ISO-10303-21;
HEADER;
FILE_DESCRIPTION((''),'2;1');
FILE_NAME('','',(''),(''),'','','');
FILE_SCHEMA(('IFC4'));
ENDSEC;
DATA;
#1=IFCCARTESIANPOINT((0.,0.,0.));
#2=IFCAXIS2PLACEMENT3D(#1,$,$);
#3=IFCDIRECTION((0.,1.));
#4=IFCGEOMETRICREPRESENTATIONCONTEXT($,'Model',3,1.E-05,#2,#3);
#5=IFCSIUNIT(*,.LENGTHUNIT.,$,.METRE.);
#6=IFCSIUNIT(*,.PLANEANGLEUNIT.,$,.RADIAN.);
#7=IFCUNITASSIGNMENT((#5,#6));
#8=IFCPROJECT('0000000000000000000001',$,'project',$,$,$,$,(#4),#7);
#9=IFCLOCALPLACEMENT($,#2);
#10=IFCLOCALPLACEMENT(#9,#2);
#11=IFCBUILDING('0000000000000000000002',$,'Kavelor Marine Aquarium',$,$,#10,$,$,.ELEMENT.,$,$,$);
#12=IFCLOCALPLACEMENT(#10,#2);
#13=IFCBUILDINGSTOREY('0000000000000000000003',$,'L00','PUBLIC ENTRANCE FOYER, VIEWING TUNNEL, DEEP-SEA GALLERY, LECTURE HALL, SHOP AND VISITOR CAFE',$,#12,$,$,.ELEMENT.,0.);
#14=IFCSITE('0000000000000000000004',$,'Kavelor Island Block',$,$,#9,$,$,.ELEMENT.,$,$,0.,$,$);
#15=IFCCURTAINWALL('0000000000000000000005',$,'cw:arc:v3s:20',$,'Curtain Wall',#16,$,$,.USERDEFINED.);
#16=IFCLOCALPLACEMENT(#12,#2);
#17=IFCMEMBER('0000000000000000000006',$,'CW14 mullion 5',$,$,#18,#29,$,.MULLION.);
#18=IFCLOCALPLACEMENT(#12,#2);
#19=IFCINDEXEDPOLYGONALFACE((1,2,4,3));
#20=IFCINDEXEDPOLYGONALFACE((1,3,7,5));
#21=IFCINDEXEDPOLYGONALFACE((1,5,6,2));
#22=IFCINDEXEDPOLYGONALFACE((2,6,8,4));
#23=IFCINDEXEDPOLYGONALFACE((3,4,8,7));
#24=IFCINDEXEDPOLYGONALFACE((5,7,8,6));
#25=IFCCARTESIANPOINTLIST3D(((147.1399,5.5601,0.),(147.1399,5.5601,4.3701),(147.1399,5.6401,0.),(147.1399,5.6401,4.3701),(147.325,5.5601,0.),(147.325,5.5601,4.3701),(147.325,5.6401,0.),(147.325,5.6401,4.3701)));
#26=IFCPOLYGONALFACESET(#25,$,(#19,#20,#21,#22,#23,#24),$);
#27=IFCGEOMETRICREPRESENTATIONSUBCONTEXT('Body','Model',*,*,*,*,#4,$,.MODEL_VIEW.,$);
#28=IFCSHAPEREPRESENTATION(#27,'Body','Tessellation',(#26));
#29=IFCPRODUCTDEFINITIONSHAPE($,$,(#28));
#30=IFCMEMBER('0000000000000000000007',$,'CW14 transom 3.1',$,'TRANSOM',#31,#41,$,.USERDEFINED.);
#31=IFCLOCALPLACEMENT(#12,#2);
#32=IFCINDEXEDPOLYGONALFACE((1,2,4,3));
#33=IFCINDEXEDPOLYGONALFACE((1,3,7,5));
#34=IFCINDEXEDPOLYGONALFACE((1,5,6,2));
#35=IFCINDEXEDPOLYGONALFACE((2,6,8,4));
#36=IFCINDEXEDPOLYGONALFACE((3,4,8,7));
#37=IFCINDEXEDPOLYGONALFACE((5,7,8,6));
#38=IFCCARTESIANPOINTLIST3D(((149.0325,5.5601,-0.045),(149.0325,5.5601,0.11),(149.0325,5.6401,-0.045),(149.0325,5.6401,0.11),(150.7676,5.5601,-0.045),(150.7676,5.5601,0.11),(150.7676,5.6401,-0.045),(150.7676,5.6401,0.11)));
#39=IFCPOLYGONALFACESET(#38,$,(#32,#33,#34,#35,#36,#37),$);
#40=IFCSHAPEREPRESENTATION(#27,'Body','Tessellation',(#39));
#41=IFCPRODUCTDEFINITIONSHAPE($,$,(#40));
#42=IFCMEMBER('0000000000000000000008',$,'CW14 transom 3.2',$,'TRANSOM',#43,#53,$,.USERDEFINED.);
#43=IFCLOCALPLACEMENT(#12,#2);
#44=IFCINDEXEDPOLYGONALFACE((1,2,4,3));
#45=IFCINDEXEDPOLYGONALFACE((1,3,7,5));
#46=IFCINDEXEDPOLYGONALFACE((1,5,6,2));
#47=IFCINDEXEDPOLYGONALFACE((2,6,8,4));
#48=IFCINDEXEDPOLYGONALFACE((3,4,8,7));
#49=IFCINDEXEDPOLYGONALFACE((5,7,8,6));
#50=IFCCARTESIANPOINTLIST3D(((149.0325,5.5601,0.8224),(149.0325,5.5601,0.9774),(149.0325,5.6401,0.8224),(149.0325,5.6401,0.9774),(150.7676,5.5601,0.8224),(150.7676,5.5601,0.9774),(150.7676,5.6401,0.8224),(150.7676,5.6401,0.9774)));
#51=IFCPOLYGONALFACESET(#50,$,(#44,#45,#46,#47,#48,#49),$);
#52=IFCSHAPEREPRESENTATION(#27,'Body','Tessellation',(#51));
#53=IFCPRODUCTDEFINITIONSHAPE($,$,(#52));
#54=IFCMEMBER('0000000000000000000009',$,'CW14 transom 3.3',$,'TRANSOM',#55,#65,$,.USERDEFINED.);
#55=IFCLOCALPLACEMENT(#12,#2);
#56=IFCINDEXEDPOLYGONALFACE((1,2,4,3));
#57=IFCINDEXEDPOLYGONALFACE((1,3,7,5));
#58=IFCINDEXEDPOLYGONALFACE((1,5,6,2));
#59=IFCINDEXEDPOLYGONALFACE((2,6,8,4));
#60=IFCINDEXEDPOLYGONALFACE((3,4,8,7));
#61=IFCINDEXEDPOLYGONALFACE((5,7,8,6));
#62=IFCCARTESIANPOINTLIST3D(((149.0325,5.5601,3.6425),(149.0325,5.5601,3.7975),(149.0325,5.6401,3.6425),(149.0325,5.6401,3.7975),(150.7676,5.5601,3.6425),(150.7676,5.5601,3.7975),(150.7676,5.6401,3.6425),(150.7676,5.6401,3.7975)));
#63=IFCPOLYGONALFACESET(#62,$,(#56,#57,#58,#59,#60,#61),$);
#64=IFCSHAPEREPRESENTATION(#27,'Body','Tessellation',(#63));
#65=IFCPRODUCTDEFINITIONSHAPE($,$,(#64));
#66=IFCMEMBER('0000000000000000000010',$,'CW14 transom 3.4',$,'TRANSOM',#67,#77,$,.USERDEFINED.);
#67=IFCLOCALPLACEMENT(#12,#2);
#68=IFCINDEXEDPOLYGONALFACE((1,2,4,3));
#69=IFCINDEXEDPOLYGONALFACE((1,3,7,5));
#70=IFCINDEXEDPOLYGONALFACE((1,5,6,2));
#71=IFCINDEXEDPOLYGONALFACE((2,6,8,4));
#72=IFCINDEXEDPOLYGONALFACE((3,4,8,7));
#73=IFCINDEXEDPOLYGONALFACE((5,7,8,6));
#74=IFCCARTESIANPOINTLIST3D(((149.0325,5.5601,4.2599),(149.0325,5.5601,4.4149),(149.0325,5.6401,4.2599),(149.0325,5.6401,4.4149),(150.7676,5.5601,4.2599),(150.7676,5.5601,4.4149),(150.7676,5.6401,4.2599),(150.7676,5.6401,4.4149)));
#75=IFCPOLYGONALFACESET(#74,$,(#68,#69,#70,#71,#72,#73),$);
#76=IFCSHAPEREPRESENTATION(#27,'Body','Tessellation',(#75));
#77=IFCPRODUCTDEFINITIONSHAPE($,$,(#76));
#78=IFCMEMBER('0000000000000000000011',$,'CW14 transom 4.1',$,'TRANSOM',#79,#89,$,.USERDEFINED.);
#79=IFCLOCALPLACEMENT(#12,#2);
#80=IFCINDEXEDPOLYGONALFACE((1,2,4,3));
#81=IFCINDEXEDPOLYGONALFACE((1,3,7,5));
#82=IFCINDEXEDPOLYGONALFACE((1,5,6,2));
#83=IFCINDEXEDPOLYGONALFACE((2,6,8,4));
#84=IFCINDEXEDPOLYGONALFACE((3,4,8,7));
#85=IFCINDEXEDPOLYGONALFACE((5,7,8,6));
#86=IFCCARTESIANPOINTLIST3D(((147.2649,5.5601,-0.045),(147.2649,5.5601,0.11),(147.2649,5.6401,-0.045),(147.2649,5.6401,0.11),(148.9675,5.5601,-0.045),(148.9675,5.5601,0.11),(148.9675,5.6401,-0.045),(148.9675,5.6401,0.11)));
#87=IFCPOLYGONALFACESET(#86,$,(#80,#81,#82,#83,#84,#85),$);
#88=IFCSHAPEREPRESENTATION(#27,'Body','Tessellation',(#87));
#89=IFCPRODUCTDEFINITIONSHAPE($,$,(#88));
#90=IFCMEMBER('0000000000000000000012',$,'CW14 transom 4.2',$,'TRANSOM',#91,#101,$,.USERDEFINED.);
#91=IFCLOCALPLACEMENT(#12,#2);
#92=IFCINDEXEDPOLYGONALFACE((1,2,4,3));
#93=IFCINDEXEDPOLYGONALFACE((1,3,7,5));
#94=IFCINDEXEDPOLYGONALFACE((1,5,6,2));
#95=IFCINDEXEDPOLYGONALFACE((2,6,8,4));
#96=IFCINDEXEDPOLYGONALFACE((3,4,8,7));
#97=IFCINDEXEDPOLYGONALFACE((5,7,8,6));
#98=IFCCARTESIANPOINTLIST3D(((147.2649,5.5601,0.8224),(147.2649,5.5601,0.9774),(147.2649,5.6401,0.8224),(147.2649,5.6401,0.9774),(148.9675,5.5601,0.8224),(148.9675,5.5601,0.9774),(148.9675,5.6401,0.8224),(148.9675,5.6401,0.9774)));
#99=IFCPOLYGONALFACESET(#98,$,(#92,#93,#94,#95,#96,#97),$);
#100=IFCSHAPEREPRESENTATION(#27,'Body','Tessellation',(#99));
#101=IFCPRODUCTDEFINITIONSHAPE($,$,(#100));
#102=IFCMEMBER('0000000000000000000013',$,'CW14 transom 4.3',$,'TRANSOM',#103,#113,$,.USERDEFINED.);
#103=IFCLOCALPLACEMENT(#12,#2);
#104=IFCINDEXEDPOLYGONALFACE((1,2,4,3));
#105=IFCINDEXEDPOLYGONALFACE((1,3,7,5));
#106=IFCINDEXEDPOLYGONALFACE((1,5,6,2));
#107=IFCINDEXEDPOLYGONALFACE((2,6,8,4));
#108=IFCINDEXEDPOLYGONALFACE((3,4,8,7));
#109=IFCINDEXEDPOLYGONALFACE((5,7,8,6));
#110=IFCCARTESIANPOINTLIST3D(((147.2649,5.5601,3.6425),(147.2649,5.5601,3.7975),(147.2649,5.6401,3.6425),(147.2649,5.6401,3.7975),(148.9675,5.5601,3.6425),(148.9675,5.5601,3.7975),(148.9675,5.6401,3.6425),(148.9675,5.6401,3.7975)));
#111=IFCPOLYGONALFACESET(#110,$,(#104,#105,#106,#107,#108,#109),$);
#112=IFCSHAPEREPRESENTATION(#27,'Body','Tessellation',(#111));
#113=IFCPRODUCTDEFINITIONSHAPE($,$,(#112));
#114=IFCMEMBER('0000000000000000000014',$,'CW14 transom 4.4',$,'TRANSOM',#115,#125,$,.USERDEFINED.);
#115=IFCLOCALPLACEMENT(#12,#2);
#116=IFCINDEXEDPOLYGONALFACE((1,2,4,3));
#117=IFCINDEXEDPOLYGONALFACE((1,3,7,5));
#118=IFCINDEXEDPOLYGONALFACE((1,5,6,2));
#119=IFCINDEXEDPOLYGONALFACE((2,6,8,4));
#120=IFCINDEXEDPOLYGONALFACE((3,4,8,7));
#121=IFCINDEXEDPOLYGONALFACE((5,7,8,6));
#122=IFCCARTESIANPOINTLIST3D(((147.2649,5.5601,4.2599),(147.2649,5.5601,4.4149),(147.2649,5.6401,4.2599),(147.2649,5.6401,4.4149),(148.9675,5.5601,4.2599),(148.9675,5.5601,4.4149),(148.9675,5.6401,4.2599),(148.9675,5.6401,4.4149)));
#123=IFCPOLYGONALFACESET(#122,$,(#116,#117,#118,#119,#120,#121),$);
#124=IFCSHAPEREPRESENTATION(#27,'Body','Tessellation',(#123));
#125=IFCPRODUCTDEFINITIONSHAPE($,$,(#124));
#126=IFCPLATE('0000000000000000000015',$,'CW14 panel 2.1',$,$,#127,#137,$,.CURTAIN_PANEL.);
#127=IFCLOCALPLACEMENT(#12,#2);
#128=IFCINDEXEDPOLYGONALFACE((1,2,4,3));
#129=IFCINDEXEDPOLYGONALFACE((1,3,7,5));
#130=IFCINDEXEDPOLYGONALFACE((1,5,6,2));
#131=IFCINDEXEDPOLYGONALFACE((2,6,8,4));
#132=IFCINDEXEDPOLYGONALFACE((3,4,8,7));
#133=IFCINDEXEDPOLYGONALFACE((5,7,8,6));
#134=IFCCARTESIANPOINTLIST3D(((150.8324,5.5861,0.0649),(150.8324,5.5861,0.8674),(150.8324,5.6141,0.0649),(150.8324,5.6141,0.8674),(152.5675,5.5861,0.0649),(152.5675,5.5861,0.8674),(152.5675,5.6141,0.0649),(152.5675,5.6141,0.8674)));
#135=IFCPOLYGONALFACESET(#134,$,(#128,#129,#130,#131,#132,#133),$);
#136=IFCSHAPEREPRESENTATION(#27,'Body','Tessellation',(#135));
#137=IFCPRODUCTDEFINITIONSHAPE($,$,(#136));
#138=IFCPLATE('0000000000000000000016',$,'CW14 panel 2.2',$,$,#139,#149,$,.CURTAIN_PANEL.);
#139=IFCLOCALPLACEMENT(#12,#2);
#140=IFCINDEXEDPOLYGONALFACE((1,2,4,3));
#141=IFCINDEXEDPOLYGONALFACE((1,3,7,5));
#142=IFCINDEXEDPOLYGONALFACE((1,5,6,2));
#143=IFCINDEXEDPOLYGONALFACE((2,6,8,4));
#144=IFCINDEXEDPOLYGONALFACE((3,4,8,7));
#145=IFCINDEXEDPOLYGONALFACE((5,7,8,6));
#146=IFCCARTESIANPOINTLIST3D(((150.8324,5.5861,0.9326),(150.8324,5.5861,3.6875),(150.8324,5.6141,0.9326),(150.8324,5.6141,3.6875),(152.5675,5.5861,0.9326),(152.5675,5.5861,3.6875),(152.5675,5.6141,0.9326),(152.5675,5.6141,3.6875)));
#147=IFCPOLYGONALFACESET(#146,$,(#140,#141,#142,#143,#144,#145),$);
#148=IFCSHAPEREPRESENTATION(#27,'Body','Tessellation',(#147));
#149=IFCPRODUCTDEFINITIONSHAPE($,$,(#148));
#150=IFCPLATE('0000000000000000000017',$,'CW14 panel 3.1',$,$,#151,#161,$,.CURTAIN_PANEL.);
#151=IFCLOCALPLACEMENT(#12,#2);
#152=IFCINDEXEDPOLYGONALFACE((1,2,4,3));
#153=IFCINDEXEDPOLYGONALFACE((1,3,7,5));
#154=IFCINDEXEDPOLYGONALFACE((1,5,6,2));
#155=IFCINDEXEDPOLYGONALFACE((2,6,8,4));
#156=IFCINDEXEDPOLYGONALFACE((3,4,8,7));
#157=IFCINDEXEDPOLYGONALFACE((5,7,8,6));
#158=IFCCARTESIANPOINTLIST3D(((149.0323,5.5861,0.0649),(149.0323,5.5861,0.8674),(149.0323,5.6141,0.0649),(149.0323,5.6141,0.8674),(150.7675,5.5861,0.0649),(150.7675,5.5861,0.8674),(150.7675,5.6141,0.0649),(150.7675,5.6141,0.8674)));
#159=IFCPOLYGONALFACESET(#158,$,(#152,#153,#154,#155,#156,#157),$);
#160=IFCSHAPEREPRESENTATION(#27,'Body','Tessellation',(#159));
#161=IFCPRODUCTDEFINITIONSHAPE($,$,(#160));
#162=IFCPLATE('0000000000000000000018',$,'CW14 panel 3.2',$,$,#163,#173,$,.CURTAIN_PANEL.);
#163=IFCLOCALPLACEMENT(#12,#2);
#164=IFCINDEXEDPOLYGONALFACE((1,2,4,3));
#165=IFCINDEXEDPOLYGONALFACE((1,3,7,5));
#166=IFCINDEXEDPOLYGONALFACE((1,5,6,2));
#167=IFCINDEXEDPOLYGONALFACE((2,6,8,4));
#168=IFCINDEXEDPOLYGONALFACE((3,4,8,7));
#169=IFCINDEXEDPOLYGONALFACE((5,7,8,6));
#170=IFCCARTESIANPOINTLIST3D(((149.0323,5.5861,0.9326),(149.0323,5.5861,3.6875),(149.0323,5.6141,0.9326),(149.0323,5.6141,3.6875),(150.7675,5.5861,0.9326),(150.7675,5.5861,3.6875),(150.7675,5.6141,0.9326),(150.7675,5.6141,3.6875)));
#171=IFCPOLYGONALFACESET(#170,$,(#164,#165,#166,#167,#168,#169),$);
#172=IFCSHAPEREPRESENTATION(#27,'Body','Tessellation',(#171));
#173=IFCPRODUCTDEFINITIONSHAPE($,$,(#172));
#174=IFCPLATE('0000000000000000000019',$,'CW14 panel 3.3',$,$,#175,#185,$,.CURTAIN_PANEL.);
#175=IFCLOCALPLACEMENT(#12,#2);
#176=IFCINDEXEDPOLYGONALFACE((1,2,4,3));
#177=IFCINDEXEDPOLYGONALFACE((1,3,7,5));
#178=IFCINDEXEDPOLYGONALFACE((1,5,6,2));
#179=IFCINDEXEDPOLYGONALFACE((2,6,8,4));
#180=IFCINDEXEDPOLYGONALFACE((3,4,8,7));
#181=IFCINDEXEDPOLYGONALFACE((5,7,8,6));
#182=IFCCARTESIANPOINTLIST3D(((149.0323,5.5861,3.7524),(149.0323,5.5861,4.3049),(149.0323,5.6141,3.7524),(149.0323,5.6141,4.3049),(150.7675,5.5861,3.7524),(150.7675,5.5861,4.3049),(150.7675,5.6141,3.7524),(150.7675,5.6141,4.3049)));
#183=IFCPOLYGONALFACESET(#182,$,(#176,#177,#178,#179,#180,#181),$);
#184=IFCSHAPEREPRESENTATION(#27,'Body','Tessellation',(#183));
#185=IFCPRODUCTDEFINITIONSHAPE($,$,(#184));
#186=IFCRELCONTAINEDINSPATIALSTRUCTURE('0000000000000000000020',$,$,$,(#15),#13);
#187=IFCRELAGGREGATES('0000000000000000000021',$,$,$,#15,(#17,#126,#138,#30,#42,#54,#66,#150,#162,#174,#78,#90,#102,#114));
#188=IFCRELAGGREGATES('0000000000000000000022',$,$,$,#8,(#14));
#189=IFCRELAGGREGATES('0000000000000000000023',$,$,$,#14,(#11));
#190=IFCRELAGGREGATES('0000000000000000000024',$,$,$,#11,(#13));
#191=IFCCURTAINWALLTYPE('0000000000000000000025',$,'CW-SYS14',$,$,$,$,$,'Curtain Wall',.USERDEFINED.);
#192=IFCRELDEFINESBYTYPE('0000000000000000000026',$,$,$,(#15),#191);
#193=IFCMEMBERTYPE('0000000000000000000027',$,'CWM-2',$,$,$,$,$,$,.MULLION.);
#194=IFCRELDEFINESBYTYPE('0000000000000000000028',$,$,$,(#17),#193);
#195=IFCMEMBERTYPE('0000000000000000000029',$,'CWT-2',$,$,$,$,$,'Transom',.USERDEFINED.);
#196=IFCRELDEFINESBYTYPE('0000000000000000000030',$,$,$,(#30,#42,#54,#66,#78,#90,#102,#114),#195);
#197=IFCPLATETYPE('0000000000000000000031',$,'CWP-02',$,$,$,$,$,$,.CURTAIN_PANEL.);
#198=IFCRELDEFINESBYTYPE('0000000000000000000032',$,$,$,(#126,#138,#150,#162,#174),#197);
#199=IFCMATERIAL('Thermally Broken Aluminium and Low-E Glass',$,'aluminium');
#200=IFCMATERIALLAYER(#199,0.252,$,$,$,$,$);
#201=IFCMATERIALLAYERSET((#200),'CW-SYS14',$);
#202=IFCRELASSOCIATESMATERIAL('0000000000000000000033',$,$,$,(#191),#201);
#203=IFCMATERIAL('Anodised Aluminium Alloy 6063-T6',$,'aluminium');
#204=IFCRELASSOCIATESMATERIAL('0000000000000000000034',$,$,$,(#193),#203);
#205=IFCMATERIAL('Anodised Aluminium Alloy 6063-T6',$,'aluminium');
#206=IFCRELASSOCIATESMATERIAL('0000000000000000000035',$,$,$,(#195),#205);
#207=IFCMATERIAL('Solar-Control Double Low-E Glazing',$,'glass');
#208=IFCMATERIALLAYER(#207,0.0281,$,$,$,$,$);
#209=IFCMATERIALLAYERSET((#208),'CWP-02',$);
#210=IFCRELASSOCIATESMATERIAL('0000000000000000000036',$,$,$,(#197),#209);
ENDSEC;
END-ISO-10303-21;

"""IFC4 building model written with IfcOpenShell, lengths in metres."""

from ifc_helpers import new_model, si_unit, direction, frame, origin, origin_2d, place, context, subcontext, project, spatial, rectangle, extrude, material, layer, layer_set, material_profile, profile_set, type_object, element, aggregate, save


model = new_model("IFC4")

# Units and contexts
model_context = context("Model", 3, precision=1e-05, world=origin(), true_north=direction((0.0, 1.0)))
body_context = subcontext(model_context, "Body", "Model", "MODEL_VIEW")
ifc_project = project(units=[si_unit("LENGTHUNIT", "METRE"), si_unit("PLANEANGLEUNIT", "RADIAN")], contexts=[model_context])

# Site, building, storey
site_placement = place(None, origin())
site = spatial("IfcSite", under=ifc_project, at=site_placement, Name="Kavelor Island Block", CompositionType="ELEMENT", RefElevation=0.0)
building_placement = place(site_placement, origin())
building = spatial("IfcBuilding", under=site, at=building_placement, Name="Kavelor Marine Aquarium", CompositionType="ELEMENT")
storey_placement = place(building_placement, origin())
storey = spatial("IfcBuildingStorey", under=building, at=storey_placement, Name="L00", Description="PUBLIC ENTRANCE FOYER, VIEWING TUNNEL, DEEP-SEA GALLERY, LECTURE HALL, SHOP AND VISITOR CAFE", CompositionType="ELEMENT", Elevation=0.0)

# Curtain wall, members, plates
ifc_material_1 = material(Name="Thermally Broken Aluminium and Low-E Glass", Category="aluminium")
ifc_layer_1 = layer(ifc_material_1, 0.252)
ifc_layer_set_1 = layer_set([ifc_layer_1], Name="CW-SYS14")
curtain_wall_type = type_object("IfcCurtainWallType", Name="CW-SYS14", ElementType="Curtain Wall", PredefinedType="USERDEFINED", material=ifc_layer_set_1)
curtain_wall_placement = place(storey_placement, origin())
curtain_wall = element("IfcCurtainWall", 1, at=curtain_wall_placement, inside=storey, type_object=curtain_wall_type, Name="cw:arc:v3s:20", ObjectType="Curtain Wall", PredefinedType="USERDEFINED")
ifc_material_2 = material(Name="Anodised Aluminium Alloy 6063-T6", Category="aluminium")
ifc_material_profile_1 = material_profile(ifc_material_2, rectangle(XDim=0.0801, YDim=0.1851, at=origin_2d()), Name="CW-MUL 80x185")
ifc_profile_set_1 = profile_set([ifc_material_profile_1], Name="Anodised Aluminium Alloy 6063-T6")
member_type_1 = type_object("IfcMemberType", Name="CWM-2", PredefinedType="MULLION", material=ifc_profile_set_1)
member_1_placement = place(storey_placement, frame((147.2324, 5.6001, 0.0), z_axis=(0.0, 0.0, 1.0), x_axis=(0.0, -1.0, 0.0)))
member_1 = element("IfcMember", 2, at=member_1_placement, type_object=member_type_1, Name="CW14 mullion 5", PredefinedType="MULLION", context=body_context, shape_type="SweptSolid", body=[
    extrude(rectangle(XDim=0.0801, YDim=0.1851, at=origin_2d()), origin(), (0.0, 0.0, 1.0), 4.3701),
])
ifc_material_3 = material(Name="Anodised Aluminium Alloy 6063-T6", Category="aluminium")
ifc_material_profile_2 = material_profile(ifc_material_3, rectangle(XDim=0.0801, YDim=0.155, at=origin_2d()), Name="CW-TRN 80x155")
ifc_profile_set_2 = profile_set([ifc_material_profile_2], Name="Anodised Aluminium Alloy 6063-T6")
member_type_2 = type_object("IfcMemberType", Name="CWT-2", ElementType="Transom", PredefinedType="USERDEFINED", material=ifc_profile_set_2)
member_2_placement = place(storey_placement, frame((150.7676, 5.6001, 0.0325), z_axis=(-1.0, 0.0, 0.0), x_axis=(0.0, -1.0, 0.0)))
member_2 = element("IfcMember", 3, at=member_2_placement, type_object=member_type_2, Name="CW14 transom 3.1", ObjectType="TRANSOM", PredefinedType="USERDEFINED", context=body_context, shape_type="SweptSolid", body=[
    extrude(rectangle(XDim=0.0801, YDim=0.155, at=origin_2d()), origin(), (0.0, 0.0, 1.0), 1.7351),
])
member_3_placement = place(storey_placement, frame((150.7676, 5.6001, 0.8999), z_axis=(-1.0, 0.0, 0.0), x_axis=(0.0, -1.0, 0.0)))
member_3 = element("IfcMember", 4, at=member_3_placement, type_object=member_type_2, Name="CW14 transom 3.2", ObjectType="TRANSOM", PredefinedType="USERDEFINED", context=body_context, shape_type="SweptSolid", body=[
    extrude(rectangle(XDim=0.0801, YDim=0.155, at=origin_2d()), origin(), (0.0, 0.0, 1.0), 1.7351),
])
member_4_placement = place(storey_placement, frame((150.7676, 5.6001, 3.72), z_axis=(-1.0, 0.0, 0.0), x_axis=(0.0, -1.0, 0.0)))
member_4 = element("IfcMember", 5, at=member_4_placement, type_object=member_type_2, Name="CW14 transom 3.3", ObjectType="TRANSOM", PredefinedType="USERDEFINED", context=body_context, shape_type="SweptSolid", body=[
    extrude(rectangle(XDim=0.0801, YDim=0.155, at=origin_2d()), origin(), (0.0, 0.0, 1.0), 1.7351),
])
member_5_placement = place(storey_placement, frame((150.7676, 5.6001, 4.3374), z_axis=(-1.0, 0.0, 0.0), x_axis=(0.0, -1.0, 0.0)))
member_5 = element("IfcMember", 6, at=member_5_placement, type_object=member_type_2, Name="CW14 transom 3.4", ObjectType="TRANSOM", PredefinedType="USERDEFINED", context=body_context, shape_type="SweptSolid", body=[
    extrude(rectangle(XDim=0.0801, YDim=0.155, at=origin_2d()), origin(), (0.0, 0.0, 1.0), 1.7351),
])
member_6_placement = place(storey_placement, frame((148.9675, 5.6001, 0.0325), z_axis=(-1.0, 0.0, 0.0), x_axis=(0.0, -1.0, 0.0)))
member_6 = element("IfcMember", 7, at=member_6_placement, type_object=member_type_2, Name="CW14 transom 4.1", ObjectType="TRANSOM", PredefinedType="USERDEFINED", context=body_context, shape_type="SweptSolid", body=[
    extrude(rectangle(XDim=0.0801, YDim=0.155, at=origin_2d()), origin(), (0.0, 0.0, 1.0), 1.7026),
])
member_7_placement = place(storey_placement, frame((148.9675, 5.6001, 0.8999), z_axis=(-1.0, 0.0, 0.0), x_axis=(0.0, -1.0, 0.0)))
member_7 = element("IfcMember", 8, at=member_7_placement, type_object=member_type_2, Name="CW14 transom 4.2", ObjectType="TRANSOM", PredefinedType="USERDEFINED", context=body_context, shape_type="SweptSolid", body=[
    extrude(rectangle(XDim=0.0801, YDim=0.155, at=origin_2d()), origin(), (0.0, 0.0, 1.0), 1.7026),
])
member_8_placement = place(storey_placement, frame((148.9675, 5.6001, 3.72), z_axis=(-1.0, 0.0, 0.0), x_axis=(0.0, -1.0, 0.0)))
member_8 = element("IfcMember", 9, at=member_8_placement, type_object=member_type_2, Name="CW14 transom 4.3", ObjectType="TRANSOM", PredefinedType="USERDEFINED", context=body_context, shape_type="SweptSolid", body=[
    extrude(rectangle(XDim=0.0801, YDim=0.155, at=origin_2d()), origin(), (0.0, 0.0, 1.0), 1.7026),
])
member_9_placement = place(storey_placement, frame((148.9675, 5.6001, 4.3374), z_axis=(-1.0, 0.0, 0.0), x_axis=(0.0, -1.0, 0.0)))
member_9 = element("IfcMember", 10, at=member_9_placement, type_object=member_type_2, Name="CW14 transom 4.4", ObjectType="TRANSOM", PredefinedType="USERDEFINED", context=body_context, shape_type="SweptSolid", body=[
    extrude(rectangle(XDim=0.0801, YDim=0.155, at=origin_2d()), origin(), (0.0, 0.0, 1.0), 1.7026),
])
ifc_material_4 = material(Name="Solar-Control Double Low-E Glazing", Category="glass")
ifc_layer_2 = layer(ifc_material_4, 0.0281)
ifc_layer_set_2 = layer_set([ifc_layer_2], Name="CWP-02")
plate_type = type_object("IfcPlateType", Name="CWP-02", PredefinedType="CURTAIN_PANEL", material=ifc_layer_set_2)
plate_1_placement = place(storey_placement, frame((151.7, 5.6001, 0.0649), z_axis=(0.0, 0.0, 1.0), x_axis=(-1.0, 0.0, 0.0)))
plate_1 = element("IfcPlate", 11, at=plate_1_placement, type_object=plate_type, Name="CW14 panel 2.1", PredefinedType="CURTAIN_PANEL", context=body_context, shape_type="SweptSolid", body=[
    extrude(rectangle(XDim=1.7351, YDim=0.0281, at=origin_2d()), origin(), (0.0, 0.0, 1.0), 0.8025),
])
plate_2_placement = place(storey_placement, frame((151.7, 5.6001, 0.9326), z_axis=(0.0, 0.0, 1.0), x_axis=(-1.0, 0.0, 0.0)))
plate_2 = element("IfcPlate", 12, at=plate_2_placement, type_object=plate_type, Name="CW14 panel 2.2", PredefinedType="CURTAIN_PANEL", context=body_context, shape_type="SweptSolid", body=[
    extrude(rectangle(XDim=1.7351, YDim=0.0281, at=origin_2d()), origin(), (0.0, 0.0, 1.0), 2.7549),
])
plate_3_placement = place(storey_placement, frame((149.8999, 5.6001, 0.0649), z_axis=(0.0, 0.0, 1.0), x_axis=(-1.0, 0.0, 0.0)))
plate_3 = element("IfcPlate", 13, at=plate_3_placement, type_object=plate_type, Name="CW14 panel 3.1", PredefinedType="CURTAIN_PANEL", context=body_context, shape_type="SweptSolid", body=[
    extrude(rectangle(XDim=1.7351, YDim=0.0281, at=origin_2d()), origin(), (0.0, 0.0, 1.0), 0.8025),
])
plate_4_placement = place(storey_placement, frame((149.8999, 5.6001, 0.9326), z_axis=(0.0, 0.0, 1.0), x_axis=(-1.0, 0.0, 0.0)))
plate_4 = element("IfcPlate", 14, at=plate_4_placement, type_object=plate_type, Name="CW14 panel 3.2", PredefinedType="CURTAIN_PANEL", context=body_context, shape_type="SweptSolid", body=[
    extrude(rectangle(XDim=1.7351, YDim=0.0281, at=origin_2d()), origin(), (0.0, 0.0, 1.0), 2.7549),
])
plate_5_placement = place(storey_placement, frame((149.8999, 5.6001, 3.7524), z_axis=(0.0, 0.0, 1.0), x_axis=(-1.0, 0.0, 0.0)))
plate_5 = element("IfcPlate", 15, at=plate_5_placement, type_object=plate_type, Name="CW14 panel 3.3", PredefinedType="CURTAIN_PANEL", context=body_context, shape_type="SweptSolid", body=[
    extrude(rectangle(XDim=1.7351, YDim=0.0281, at=origin_2d()), origin(), (0.0, 0.0, 1.0), 0.5525),
])
aggregate(curtain_wall, [member_1, plate_1, plate_2, member_2, member_3, member_4, member_5, plate_3, plate_4, plate_5, member_6, member_7, member_8, member_9])

save(model, "model.ifc")
